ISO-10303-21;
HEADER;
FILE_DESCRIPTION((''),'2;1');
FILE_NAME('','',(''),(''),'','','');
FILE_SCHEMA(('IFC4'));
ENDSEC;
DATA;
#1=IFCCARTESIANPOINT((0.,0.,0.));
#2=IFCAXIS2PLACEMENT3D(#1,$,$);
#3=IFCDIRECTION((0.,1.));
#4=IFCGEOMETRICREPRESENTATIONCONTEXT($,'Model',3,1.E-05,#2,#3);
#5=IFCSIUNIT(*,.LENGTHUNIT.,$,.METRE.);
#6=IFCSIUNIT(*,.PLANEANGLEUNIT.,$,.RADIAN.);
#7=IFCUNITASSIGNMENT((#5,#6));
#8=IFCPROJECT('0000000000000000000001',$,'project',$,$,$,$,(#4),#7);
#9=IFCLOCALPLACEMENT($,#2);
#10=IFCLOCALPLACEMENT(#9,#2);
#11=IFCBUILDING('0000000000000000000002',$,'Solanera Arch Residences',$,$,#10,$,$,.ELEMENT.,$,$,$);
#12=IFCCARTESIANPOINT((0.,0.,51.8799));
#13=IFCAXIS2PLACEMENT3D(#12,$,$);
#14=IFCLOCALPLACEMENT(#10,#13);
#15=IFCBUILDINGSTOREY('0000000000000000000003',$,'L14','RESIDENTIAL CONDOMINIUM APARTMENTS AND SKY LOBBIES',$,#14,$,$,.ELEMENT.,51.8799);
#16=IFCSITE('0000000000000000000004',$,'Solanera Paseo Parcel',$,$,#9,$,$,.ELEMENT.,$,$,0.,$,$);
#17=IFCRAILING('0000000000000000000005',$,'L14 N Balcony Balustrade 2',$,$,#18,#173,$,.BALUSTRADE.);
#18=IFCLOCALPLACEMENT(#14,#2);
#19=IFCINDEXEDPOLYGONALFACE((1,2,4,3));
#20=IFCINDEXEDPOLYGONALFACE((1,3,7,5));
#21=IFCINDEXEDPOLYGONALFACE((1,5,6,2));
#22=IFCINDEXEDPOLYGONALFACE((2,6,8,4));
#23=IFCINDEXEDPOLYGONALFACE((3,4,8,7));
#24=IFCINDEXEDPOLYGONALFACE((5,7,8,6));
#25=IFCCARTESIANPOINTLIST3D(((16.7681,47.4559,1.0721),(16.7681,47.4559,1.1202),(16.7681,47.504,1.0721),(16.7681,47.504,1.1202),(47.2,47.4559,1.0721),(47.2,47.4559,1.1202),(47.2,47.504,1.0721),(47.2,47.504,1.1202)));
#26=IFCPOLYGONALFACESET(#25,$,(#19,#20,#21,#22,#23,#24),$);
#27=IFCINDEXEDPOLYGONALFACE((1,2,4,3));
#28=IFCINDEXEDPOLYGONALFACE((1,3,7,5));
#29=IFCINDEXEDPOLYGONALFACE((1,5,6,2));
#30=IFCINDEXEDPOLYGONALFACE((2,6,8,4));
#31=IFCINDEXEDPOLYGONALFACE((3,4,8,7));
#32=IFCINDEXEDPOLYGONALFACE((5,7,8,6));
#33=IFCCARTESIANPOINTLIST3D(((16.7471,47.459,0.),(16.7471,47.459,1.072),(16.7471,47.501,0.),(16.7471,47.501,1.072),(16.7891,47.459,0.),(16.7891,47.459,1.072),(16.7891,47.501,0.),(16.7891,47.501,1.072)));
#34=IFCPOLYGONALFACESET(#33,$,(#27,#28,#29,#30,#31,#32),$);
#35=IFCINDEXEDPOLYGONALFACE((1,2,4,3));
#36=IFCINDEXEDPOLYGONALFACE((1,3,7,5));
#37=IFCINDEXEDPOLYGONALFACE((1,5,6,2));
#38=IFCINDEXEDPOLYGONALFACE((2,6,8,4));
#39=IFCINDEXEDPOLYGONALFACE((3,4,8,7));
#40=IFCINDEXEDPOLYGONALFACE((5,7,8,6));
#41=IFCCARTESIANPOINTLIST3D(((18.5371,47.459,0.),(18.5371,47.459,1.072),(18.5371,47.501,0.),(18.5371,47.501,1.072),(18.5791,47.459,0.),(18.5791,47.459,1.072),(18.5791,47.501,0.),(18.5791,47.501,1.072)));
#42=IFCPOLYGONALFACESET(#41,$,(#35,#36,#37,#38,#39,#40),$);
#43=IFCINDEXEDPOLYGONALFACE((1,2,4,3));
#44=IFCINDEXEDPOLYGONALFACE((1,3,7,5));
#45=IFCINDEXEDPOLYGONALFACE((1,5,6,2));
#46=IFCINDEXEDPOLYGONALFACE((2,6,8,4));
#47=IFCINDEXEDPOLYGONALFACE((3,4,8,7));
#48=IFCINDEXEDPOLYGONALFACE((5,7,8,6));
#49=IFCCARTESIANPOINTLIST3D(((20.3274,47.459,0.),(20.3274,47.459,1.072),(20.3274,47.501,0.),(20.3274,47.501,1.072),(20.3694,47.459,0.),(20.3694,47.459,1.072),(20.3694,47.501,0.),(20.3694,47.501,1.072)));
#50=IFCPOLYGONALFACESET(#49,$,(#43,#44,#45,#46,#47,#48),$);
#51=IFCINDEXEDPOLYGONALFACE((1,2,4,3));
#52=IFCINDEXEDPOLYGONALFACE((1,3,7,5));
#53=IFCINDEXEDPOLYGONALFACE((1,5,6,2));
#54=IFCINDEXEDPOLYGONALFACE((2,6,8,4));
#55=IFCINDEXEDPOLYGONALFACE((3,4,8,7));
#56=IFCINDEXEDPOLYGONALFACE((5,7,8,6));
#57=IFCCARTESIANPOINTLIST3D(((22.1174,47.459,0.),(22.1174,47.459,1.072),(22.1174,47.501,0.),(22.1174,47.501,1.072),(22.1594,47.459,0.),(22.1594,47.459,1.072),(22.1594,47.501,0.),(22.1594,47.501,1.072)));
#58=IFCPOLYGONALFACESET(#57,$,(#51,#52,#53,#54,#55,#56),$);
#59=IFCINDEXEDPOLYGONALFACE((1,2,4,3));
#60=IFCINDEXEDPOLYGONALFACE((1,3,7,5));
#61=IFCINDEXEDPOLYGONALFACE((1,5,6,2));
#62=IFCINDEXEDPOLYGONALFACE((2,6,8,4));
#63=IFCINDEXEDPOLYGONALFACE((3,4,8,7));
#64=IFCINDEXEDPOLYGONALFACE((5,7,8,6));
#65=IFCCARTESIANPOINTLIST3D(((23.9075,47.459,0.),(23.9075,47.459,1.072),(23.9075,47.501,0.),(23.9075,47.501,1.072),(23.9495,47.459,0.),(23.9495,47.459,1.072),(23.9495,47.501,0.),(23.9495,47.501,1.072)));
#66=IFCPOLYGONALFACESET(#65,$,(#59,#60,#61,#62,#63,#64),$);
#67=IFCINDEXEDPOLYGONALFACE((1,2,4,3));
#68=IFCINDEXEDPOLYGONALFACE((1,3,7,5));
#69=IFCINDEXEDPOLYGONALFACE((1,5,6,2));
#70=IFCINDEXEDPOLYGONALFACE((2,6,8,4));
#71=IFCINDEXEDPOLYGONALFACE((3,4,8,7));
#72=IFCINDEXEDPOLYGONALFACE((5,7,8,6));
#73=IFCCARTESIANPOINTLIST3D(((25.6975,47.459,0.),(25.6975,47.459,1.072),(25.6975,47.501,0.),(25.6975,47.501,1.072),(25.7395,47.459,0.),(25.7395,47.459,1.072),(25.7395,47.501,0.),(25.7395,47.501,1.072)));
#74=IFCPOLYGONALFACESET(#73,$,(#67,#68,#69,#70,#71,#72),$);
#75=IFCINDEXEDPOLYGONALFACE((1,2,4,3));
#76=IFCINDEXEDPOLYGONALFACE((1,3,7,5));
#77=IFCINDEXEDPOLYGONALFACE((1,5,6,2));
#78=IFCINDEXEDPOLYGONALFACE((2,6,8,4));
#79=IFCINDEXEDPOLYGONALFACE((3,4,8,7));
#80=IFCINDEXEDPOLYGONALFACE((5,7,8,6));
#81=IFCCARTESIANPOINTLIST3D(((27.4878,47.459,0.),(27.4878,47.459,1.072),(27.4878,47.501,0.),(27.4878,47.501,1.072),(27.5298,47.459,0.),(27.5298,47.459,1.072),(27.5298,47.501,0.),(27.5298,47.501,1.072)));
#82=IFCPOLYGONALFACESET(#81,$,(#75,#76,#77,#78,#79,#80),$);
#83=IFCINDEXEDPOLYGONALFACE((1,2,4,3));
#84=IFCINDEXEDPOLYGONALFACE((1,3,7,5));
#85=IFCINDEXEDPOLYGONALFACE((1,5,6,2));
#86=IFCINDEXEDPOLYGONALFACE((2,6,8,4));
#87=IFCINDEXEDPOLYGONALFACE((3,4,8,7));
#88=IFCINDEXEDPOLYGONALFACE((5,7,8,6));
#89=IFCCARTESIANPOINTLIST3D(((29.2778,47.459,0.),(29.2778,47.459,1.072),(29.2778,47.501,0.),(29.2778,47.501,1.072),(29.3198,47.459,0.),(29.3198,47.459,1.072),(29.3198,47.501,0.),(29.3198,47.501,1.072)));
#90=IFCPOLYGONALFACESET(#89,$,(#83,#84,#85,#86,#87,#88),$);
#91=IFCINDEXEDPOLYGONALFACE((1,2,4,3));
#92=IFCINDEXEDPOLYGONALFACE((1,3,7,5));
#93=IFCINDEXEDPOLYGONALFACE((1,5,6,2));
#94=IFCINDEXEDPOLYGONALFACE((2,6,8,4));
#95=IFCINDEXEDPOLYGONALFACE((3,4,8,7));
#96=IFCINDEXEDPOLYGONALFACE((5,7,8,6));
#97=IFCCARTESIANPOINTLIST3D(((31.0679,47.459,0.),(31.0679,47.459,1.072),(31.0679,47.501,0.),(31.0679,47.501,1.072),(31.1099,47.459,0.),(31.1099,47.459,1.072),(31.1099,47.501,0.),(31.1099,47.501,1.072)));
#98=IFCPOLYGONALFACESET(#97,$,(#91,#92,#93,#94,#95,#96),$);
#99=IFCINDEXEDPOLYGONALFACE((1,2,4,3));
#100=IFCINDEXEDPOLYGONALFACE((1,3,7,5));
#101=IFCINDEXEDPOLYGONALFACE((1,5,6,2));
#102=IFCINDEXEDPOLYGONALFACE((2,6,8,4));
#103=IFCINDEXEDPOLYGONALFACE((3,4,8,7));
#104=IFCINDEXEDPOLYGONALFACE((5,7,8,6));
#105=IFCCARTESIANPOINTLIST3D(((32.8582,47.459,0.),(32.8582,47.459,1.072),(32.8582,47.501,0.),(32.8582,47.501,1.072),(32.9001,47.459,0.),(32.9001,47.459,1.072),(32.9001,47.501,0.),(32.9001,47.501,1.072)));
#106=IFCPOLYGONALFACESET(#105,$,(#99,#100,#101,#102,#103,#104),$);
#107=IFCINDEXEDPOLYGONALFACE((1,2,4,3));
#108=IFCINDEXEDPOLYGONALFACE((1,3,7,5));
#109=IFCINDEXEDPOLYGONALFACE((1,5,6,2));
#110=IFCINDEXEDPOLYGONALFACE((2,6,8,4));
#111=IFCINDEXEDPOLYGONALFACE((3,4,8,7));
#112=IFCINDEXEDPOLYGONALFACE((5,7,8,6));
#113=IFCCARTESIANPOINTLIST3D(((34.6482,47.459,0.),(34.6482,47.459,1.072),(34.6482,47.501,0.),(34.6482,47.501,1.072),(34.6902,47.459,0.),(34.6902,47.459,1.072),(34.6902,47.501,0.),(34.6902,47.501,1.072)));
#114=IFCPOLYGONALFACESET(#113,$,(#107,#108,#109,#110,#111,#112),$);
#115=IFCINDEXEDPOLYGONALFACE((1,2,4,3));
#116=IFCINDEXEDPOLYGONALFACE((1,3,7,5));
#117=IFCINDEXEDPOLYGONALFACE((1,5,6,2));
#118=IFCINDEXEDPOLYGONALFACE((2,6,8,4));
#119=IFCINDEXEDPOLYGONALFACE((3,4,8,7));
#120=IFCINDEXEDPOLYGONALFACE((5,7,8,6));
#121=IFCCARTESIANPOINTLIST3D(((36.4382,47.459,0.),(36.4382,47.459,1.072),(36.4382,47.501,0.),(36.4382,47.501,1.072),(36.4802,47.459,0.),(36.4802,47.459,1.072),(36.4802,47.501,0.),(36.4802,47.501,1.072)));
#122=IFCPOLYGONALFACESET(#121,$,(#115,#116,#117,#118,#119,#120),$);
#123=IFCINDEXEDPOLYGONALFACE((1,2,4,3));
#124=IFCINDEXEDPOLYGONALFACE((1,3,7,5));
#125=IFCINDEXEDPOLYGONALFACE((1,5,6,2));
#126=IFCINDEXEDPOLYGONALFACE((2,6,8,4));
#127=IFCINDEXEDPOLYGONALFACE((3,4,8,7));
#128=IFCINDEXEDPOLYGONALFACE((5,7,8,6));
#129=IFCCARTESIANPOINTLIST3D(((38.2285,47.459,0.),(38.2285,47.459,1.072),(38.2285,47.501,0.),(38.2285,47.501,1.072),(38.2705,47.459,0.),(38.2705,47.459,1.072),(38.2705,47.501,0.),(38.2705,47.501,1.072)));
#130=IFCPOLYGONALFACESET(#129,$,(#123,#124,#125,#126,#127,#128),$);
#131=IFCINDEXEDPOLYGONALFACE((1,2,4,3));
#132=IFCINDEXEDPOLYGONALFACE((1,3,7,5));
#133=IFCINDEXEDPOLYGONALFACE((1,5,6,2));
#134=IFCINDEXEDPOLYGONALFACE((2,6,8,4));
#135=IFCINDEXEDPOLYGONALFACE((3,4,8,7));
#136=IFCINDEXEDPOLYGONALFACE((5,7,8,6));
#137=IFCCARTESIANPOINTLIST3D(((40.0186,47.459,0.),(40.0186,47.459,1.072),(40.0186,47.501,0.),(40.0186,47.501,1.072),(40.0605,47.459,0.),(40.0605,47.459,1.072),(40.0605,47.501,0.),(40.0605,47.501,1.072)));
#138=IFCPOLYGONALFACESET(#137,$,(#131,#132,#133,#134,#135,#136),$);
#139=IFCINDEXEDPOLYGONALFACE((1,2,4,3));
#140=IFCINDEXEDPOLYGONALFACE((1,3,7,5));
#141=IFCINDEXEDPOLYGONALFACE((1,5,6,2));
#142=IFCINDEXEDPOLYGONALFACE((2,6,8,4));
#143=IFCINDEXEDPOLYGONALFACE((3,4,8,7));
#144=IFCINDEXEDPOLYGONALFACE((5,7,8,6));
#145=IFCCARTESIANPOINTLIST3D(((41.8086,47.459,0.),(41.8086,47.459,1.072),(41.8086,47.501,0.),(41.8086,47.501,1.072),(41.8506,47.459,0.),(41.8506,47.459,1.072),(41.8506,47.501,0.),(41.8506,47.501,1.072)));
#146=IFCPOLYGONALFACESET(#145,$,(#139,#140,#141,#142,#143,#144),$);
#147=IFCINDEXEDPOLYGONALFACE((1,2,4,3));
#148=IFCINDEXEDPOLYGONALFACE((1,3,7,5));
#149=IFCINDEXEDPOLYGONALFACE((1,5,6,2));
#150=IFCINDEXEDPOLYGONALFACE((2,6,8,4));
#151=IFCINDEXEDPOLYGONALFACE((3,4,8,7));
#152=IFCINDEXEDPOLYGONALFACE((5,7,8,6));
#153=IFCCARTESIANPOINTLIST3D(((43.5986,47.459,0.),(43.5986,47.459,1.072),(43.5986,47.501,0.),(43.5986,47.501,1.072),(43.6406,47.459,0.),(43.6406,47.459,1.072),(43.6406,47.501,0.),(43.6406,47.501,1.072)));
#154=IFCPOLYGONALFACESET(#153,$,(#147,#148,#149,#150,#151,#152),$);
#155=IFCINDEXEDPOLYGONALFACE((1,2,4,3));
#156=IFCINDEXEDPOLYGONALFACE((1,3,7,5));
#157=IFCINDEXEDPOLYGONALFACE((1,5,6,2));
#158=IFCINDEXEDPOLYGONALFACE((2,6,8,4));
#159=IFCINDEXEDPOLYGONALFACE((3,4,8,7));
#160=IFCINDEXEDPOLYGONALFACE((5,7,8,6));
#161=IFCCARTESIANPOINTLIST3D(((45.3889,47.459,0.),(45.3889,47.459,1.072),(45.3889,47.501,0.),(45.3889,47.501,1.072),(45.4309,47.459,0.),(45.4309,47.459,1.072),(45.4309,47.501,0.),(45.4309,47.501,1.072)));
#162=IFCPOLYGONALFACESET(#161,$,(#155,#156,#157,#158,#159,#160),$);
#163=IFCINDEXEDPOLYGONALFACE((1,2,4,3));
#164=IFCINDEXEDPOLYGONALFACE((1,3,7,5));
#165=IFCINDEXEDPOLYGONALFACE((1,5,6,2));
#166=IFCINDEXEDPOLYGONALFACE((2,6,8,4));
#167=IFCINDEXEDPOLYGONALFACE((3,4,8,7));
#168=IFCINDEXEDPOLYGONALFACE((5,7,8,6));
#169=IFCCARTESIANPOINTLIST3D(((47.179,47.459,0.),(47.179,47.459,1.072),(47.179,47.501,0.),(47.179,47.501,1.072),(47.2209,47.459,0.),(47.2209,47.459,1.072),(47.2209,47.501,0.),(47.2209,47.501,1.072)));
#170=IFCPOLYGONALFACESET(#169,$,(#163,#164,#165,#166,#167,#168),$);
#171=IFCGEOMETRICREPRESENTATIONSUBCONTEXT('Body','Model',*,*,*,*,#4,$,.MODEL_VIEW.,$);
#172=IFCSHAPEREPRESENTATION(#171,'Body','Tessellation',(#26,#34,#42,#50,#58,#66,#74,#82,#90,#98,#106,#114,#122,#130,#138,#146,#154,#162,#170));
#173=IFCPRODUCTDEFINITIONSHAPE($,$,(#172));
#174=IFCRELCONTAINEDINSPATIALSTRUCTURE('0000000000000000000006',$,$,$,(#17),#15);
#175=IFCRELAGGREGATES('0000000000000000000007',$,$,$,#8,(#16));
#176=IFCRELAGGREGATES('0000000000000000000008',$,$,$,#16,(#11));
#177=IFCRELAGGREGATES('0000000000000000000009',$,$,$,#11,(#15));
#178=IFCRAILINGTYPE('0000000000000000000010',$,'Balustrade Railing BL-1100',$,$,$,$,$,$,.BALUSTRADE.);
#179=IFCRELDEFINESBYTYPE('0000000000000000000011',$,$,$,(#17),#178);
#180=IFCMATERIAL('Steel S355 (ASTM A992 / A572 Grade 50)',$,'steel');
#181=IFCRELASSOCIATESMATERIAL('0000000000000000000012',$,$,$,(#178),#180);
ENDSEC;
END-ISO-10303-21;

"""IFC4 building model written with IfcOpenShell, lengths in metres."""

from ifc_helpers import new_model, si_unit, direction, frame, origin, origin_2d, place, context, subcontext, project, spatial, rectangle, extrude, material, type_object, element, save


model = new_model("IFC4")

# Units and contexts
model_context = context("Model", 3, precision=1e-05, world=origin(), true_north=direction((0.0, 1.0)))
body_context = subcontext(model_context, "Body", "Model", "MODEL_VIEW")
ifc_project = project(units=[si_unit("LENGTHUNIT", "METRE"), si_unit("PLANEANGLEUNIT", "RADIAN")], contexts=[model_context])

# Site, building, storey
site_placement = place(None, origin())
site = spatial("IfcSite", under=ifc_project, at=site_placement, Name="Solanera Paseo Parcel", CompositionType="ELEMENT", RefElevation=0.0)
building_placement = place(site_placement, origin())
building = spatial("IfcBuilding", under=site, at=building_placement, Name="Solanera Arch Residences", CompositionType="ELEMENT")
storey_placement = place(building_placement, frame((0.0, 0.0, 51.8799)))
storey = spatial("IfcBuildingStorey", under=building, at=storey_placement, Name="L14", Description="RESIDENTIAL CONDOMINIUM APARTMENTS AND SKY LOBBIES", CompositionType="ELEMENT", Elevation=51.8799)

# Railing
ifc_material_1 = material(Name="Steel S355 (ASTM A992 / A572 Grade 50)", Category="steel")
railing_type = type_object("IfcRailingType", Name="Balustrade Railing BL-1100", PredefinedType="BALUSTRADE", material=ifc_material_1)
railing_placement = place(storey_placement, frame((16.7681, 47.48, 0.0)))
element("IfcRailing", 1, at=railing_placement, inside=storey, type_object=railing_type, Name="L14 N Balcony Balustrade 2", PredefinedType="BALUSTRADE", context=body_context, shape_type="SweptSolid", body=[
    extrude(rectangle(XDim=0.0481, YDim=0.0481, at=origin_2d()), frame((0.0, 0.0, 1.0962), z_axis=(1.0, 0.0, 0.0), x_axis=(0.0, 1.0, 0.0)), (0.0, 0.0, 1.0), 30.4319),
    extrude(rectangle(XDim=0.042, YDim=0.042, at=origin_2d()), origin(), (0.0, 0.0, 1.0), 1.072),
    extrude(rectangle(XDim=0.042, YDim=0.042, at=origin_2d()), frame((1.79, 0.0, 0.0)), (0.0, 0.0, 1.0), 1.072),
    extrude(rectangle(XDim=0.042, YDim=0.042, at=origin_2d()), frame((3.5803, 0.0, 0.0)), (0.0, 0.0, 1.0), 1.072),
    extrude(rectangle(XDim=0.042, YDim=0.042, at=origin_2d()), frame((5.3704, 0.0, 0.0)), (0.0, 0.0, 1.0), 1.072),
    extrude(rectangle(XDim=0.042, YDim=0.042, at=origin_2d()), frame((7.1604, 0.0, 0.0)), (0.0, 0.0, 1.0), 1.072),
    extrude(rectangle(XDim=0.042, YDim=0.042, at=origin_2d()), frame((8.9504, 0.0, 0.0)), (0.0, 0.0, 1.0), 1.072),
    extrude(rectangle(XDim=0.042, YDim=0.042, at=origin_2d()), frame((10.7407, 0.0, 0.0)), (0.0, 0.0, 1.0), 1.072),
    extrude(rectangle(XDim=0.042, YDim=0.042, at=origin_2d()), frame((12.5308, 0.0, 0.0)), (0.0, 0.0, 1.0), 1.072),
    extrude(rectangle(XDim=0.042, YDim=0.042, at=origin_2d()), frame((14.3208, 0.0, 0.0)), (0.0, 0.0, 1.0), 1.072),
    extrude(rectangle(XDim=0.042, YDim=0.042, at=origin_2d()), frame((16.1111, 0.0, 0.0)), (0.0, 0.0, 1.0), 1.072),
    extrude(rectangle(XDim=0.042, YDim=0.042, at=origin_2d()), frame((17.9011, 0.0, 0.0)), (0.0, 0.0, 1.0), 1.072),
    extrude(rectangle(XDim=0.042, YDim=0.042, at=origin_2d()), frame((19.6912, 0.0, 0.0)), (0.0, 0.0, 1.0), 1.072),
    extrude(rectangle(XDim=0.042, YDim=0.042, at=origin_2d()), frame((21.4814, 0.0, 0.0)), (0.0, 0.0, 1.0), 1.072),
    extrude(rectangle(XDim=0.042, YDim=0.042, at=origin_2d()), frame((23.2715, 0.0, 0.0)), (0.0, 0.0, 1.0), 1.072),
    extrude(rectangle(XDim=0.042, YDim=0.042, at=origin_2d()), frame((25.0615, 0.0, 0.0)), (0.0, 0.0, 1.0), 1.072),
    extrude(rectangle(XDim=0.042, YDim=0.042, at=origin_2d()), frame((26.8516, 0.0, 0.0)), (0.0, 0.0, 1.0), 1.072),
    extrude(rectangle(XDim=0.042, YDim=0.042, at=origin_2d()), frame((28.6418, 0.0, 0.0)), (0.0, 0.0, 1.0), 1.072),
    extrude(rectangle(XDim=0.042, YDim=0.042, at=origin_2d()), frame((30.4319, 0.0, 0.0)), (0.0, 0.0, 1.0), 1.072),
])

save(model, "model.ifc")
